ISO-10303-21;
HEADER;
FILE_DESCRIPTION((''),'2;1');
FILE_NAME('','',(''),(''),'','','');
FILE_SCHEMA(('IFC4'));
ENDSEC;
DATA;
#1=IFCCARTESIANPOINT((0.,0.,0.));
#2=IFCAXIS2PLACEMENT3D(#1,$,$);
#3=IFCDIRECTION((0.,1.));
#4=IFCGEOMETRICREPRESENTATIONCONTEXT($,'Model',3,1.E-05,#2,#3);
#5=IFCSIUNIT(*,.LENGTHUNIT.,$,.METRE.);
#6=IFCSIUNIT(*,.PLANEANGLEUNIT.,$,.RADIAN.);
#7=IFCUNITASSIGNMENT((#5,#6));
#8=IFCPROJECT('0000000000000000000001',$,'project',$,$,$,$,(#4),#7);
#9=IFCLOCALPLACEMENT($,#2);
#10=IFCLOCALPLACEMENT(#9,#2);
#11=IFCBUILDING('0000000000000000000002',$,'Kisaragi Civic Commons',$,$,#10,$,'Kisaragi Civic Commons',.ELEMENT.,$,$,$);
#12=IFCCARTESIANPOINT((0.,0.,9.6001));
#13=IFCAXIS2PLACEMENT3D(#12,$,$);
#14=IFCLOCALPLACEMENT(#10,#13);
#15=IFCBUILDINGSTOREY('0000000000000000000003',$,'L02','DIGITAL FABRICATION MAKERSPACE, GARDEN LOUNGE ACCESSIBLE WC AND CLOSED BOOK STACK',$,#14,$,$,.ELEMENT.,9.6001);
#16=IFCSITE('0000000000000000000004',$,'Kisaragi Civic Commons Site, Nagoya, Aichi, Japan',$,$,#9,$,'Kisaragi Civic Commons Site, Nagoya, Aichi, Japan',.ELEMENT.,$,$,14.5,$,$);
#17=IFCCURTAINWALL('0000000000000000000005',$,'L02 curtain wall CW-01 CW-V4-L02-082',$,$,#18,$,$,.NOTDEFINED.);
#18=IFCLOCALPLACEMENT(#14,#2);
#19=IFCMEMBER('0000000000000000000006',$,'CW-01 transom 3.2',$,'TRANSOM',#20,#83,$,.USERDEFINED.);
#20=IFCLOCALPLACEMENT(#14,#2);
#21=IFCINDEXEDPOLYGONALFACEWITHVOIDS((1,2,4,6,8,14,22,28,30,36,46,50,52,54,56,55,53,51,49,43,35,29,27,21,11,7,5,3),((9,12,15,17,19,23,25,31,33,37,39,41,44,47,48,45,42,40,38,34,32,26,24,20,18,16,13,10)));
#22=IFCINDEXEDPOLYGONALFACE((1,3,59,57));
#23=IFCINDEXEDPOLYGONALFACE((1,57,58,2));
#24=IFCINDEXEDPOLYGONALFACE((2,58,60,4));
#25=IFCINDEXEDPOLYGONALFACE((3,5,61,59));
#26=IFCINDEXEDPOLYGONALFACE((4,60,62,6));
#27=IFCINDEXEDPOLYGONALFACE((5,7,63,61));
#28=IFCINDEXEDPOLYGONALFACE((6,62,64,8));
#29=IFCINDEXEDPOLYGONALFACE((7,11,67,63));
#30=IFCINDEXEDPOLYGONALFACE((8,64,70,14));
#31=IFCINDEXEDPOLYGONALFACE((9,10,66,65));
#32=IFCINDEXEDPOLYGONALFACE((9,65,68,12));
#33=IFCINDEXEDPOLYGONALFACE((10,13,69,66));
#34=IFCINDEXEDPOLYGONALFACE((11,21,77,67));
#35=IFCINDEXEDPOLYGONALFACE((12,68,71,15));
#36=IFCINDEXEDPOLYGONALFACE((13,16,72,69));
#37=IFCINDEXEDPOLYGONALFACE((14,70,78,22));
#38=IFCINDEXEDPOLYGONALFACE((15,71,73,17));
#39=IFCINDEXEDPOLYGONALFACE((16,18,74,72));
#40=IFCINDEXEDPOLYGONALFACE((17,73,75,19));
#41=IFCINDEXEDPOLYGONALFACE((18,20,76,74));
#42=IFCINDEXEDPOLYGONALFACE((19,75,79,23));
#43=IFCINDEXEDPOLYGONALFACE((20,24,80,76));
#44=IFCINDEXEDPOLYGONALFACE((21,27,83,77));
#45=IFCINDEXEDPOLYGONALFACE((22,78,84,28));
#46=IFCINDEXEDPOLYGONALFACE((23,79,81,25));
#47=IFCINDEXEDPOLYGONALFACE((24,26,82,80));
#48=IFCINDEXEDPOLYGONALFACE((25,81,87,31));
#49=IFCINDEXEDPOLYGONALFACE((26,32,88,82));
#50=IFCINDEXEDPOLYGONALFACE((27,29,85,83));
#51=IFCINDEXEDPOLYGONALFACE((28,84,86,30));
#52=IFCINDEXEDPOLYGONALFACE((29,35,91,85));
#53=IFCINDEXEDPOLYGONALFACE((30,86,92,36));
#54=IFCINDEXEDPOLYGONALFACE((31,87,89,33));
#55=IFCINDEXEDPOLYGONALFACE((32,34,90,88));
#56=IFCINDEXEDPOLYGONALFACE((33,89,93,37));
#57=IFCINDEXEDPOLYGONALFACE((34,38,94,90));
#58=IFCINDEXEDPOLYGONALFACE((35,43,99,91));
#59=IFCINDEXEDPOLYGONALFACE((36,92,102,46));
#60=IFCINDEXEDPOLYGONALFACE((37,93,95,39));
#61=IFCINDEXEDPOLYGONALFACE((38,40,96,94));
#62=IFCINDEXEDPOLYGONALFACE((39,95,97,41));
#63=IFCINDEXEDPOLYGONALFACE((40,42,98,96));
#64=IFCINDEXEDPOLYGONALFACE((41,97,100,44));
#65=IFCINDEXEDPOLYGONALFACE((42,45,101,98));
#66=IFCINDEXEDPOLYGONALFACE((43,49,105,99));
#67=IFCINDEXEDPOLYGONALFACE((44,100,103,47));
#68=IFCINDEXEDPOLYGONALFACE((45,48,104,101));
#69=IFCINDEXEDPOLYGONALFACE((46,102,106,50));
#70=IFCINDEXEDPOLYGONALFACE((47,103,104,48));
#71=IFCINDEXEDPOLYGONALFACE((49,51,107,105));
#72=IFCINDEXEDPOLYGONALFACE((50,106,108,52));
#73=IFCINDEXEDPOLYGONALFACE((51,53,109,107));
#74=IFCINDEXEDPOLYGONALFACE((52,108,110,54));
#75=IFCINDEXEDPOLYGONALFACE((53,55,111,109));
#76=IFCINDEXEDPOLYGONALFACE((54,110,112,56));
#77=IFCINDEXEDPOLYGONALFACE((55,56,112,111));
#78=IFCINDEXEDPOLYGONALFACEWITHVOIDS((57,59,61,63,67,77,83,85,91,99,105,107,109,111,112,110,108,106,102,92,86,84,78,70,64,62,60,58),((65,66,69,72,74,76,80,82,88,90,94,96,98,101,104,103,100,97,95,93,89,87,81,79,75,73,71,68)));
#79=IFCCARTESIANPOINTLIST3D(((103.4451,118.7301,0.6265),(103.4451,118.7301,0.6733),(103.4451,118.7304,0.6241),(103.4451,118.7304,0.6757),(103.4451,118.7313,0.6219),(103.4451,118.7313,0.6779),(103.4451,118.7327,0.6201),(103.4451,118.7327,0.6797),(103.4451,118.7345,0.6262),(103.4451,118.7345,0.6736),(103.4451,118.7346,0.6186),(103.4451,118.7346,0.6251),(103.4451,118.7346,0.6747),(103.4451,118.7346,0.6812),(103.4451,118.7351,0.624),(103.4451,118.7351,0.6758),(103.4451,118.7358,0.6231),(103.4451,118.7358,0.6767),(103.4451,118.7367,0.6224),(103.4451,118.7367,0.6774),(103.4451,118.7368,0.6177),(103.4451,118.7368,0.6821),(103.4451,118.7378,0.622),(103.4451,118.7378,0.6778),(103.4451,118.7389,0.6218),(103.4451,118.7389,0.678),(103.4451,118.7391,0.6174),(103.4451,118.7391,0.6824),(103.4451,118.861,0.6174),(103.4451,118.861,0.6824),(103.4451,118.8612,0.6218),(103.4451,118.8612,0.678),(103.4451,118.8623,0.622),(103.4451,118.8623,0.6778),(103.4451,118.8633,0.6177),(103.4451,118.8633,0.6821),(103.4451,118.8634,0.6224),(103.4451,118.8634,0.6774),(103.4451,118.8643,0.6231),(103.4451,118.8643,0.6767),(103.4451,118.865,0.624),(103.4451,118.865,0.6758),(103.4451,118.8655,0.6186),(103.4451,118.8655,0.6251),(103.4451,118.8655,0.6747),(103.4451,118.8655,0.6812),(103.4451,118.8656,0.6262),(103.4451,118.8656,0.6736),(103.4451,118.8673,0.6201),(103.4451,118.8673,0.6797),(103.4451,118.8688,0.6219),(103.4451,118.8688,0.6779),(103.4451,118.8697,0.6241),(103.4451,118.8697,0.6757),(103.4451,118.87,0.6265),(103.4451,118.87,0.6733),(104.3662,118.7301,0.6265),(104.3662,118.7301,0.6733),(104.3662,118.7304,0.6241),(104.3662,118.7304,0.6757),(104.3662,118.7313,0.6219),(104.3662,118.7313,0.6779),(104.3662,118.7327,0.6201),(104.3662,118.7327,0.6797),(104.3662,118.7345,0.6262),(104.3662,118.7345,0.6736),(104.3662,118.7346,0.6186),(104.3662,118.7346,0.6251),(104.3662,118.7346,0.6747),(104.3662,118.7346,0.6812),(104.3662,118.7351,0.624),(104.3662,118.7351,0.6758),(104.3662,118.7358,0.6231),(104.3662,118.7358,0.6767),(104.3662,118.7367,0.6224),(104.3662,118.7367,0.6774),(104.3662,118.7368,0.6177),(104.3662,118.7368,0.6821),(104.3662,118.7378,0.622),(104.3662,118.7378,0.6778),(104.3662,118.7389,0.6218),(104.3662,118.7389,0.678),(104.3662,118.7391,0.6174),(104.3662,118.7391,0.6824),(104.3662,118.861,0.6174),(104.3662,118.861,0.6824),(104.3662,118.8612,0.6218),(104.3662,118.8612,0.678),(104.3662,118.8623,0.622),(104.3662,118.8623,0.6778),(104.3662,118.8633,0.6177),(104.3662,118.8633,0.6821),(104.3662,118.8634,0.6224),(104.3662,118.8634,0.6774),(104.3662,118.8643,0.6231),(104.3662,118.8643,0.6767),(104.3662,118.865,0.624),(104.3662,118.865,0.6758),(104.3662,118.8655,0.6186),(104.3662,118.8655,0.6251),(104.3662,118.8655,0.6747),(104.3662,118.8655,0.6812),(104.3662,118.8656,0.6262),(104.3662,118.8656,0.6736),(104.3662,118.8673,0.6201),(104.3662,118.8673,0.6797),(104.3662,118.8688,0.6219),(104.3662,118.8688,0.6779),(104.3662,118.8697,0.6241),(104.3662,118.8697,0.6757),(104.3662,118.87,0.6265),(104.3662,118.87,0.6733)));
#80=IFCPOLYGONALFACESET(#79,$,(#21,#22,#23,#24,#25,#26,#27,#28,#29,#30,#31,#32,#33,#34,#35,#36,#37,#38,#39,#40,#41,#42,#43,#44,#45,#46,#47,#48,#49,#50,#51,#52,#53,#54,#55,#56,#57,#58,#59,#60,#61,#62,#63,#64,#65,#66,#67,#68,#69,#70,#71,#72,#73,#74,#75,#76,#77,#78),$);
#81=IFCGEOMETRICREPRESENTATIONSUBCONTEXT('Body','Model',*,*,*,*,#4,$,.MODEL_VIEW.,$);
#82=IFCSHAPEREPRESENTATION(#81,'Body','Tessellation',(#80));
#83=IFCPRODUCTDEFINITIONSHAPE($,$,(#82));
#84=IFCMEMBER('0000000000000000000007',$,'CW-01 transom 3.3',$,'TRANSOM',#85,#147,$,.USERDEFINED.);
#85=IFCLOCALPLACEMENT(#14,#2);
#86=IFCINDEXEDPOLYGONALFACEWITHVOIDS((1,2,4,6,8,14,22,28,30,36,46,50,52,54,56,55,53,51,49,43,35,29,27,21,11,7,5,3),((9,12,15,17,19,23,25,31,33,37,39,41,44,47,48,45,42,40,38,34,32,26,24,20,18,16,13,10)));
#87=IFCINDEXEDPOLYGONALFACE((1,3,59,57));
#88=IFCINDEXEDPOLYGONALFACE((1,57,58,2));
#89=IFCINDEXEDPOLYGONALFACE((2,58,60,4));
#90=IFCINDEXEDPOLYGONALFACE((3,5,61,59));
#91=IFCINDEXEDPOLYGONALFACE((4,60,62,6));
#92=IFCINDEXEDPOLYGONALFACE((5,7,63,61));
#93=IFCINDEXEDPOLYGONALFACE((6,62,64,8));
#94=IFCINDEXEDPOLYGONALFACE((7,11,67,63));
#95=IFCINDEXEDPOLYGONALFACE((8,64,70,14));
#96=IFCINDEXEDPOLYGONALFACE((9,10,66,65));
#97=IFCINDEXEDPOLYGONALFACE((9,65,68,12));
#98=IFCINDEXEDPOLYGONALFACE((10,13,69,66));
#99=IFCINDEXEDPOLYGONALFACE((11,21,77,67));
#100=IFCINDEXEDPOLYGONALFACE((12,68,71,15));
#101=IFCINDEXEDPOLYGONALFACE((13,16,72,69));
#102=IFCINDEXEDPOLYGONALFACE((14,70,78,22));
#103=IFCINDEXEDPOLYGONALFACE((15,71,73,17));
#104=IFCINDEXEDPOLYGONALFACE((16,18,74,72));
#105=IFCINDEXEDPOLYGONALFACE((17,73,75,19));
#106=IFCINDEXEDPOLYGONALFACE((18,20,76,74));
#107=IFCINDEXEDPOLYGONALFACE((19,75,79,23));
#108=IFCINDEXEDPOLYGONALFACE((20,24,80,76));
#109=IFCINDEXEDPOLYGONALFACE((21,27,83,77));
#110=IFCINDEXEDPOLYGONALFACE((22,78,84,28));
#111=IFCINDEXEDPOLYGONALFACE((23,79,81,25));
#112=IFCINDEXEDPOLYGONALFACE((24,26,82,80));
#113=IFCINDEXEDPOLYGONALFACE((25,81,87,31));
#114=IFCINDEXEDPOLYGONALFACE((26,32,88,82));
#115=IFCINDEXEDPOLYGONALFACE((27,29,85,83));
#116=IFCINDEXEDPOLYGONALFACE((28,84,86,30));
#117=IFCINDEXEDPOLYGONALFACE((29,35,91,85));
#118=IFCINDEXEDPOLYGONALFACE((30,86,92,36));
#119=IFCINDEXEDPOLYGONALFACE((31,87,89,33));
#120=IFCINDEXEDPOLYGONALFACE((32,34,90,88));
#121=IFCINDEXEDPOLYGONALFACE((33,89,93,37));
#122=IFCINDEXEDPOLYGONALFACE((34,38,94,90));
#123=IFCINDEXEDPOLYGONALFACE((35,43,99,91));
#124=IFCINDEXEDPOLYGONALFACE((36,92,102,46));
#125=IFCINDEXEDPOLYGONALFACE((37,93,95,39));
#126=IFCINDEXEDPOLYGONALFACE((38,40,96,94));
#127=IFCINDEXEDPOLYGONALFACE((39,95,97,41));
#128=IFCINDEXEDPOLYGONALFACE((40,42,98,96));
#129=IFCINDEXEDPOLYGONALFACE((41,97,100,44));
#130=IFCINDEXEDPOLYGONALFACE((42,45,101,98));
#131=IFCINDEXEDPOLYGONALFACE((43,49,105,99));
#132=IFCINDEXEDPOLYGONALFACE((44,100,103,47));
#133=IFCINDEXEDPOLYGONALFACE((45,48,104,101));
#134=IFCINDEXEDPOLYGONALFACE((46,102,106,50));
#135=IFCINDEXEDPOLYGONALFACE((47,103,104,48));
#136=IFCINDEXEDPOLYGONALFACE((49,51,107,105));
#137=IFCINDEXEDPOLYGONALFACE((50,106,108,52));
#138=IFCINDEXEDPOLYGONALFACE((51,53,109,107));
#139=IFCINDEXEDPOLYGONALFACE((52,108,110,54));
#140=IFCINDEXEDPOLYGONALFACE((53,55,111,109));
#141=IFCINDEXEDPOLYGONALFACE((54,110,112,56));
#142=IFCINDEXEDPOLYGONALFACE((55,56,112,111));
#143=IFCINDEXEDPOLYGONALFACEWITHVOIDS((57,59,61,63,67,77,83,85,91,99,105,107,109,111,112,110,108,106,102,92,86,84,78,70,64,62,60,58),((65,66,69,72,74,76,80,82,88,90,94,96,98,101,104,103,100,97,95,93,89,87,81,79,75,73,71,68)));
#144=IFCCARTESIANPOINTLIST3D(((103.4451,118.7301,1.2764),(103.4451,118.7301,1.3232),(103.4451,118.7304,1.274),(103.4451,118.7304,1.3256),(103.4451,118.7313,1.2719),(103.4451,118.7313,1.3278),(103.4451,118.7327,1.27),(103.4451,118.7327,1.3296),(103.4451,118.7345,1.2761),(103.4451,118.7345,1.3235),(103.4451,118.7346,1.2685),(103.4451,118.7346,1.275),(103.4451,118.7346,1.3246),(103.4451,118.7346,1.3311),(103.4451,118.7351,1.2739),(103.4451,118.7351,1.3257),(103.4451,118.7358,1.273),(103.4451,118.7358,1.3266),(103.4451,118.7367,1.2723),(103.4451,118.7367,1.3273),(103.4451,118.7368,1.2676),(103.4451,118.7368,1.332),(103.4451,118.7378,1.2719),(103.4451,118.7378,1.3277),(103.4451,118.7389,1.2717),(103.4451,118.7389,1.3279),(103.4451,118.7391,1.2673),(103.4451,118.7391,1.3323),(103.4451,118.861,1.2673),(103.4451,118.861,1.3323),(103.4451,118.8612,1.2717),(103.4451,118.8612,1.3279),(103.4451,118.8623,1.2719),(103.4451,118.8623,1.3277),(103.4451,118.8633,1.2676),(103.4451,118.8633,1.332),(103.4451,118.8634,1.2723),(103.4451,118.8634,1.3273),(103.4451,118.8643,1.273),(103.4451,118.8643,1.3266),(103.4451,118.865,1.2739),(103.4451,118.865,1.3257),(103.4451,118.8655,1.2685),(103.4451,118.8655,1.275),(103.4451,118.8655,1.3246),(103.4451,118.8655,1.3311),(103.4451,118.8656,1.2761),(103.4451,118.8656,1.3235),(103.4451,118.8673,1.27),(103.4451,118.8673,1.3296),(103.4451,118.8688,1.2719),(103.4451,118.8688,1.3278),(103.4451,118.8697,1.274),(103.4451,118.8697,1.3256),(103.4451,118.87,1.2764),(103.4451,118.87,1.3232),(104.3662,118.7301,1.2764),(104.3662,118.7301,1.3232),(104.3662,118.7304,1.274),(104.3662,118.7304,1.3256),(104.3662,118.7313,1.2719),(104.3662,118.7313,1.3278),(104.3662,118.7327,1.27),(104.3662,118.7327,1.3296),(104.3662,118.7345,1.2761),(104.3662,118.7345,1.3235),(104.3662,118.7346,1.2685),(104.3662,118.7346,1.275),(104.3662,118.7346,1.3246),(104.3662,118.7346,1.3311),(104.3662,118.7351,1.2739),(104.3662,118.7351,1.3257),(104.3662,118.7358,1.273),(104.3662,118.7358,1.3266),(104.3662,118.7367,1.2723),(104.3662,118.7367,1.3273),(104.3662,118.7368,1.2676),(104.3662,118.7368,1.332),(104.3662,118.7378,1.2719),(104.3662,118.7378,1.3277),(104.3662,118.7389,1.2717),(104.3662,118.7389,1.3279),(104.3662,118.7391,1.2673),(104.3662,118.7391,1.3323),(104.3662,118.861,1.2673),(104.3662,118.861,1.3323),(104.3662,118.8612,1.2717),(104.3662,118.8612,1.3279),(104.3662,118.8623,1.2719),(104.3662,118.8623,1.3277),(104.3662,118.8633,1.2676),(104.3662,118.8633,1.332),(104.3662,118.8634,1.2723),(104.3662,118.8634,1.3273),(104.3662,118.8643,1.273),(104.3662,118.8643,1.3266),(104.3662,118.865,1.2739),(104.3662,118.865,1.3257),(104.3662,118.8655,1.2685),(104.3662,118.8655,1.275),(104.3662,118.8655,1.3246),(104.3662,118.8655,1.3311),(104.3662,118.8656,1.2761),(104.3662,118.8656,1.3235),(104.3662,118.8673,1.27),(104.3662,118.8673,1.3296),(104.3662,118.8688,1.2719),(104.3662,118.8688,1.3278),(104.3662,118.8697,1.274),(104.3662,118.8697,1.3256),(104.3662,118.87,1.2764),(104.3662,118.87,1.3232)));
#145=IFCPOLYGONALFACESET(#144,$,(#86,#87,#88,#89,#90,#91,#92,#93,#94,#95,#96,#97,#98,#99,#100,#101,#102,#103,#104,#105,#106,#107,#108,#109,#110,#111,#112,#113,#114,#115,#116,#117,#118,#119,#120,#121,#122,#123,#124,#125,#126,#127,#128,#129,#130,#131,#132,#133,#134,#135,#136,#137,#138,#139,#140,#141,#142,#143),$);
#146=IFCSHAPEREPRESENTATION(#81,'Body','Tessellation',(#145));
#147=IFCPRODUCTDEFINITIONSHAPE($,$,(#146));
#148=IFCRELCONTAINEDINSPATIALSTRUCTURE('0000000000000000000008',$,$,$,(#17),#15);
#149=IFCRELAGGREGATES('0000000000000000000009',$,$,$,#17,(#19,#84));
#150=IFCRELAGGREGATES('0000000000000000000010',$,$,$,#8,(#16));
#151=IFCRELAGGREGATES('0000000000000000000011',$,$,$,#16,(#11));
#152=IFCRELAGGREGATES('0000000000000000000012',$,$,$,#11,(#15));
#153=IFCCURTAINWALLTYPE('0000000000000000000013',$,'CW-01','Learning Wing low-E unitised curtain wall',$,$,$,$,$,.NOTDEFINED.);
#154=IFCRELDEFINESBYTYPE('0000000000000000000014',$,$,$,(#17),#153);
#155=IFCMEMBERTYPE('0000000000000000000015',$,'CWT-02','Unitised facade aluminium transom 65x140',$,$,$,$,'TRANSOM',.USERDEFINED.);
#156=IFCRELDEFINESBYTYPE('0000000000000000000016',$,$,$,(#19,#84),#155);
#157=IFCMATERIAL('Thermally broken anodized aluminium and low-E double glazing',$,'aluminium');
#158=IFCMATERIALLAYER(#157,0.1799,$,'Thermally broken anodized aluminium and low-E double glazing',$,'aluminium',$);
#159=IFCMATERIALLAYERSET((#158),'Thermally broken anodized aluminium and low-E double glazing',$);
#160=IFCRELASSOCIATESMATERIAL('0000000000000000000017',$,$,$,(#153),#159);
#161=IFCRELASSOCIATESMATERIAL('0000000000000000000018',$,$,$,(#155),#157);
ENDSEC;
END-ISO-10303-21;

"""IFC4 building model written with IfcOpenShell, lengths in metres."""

from ifc_helpers import new_model, si_unit, direction, frame, origin, origin_2d, place, context, subcontext, project, spatial, hollow_rectangle, extrude, material, layer, layer_set, material_profile, profile_set, type_object, element, aggregate, save


model = new_model("IFC4")

# Units and contexts
model_context = context("Model", 3, precision=1e-05, world=origin(), true_north=direction((0.0, 1.0)))
body_context = subcontext(model_context, "Body", "Model", "MODEL_VIEW")
ifc_project = project(units=[si_unit("LENGTHUNIT", "METRE"), si_unit("PLANEANGLEUNIT", "RADIAN")], contexts=[model_context])

# Site, building, storey
site_placement = place(None, origin())
site = spatial("IfcSite", under=ifc_project, at=site_placement, Name="Kisaragi Civic Commons Site, Nagoya, Aichi, Japan", LongName="Kisaragi Civic Commons Site, Nagoya, Aichi, Japan", CompositionType="ELEMENT", RefElevation=14.5)
building_placement = place(site_placement, origin())
building = spatial("IfcBuilding", under=site, at=building_placement, Name="Kisaragi Civic Commons", LongName="Kisaragi Civic Commons", CompositionType="ELEMENT")
storey_placement = place(building_placement, frame((0.0, 0.0, 9.6001)))
storey = spatial("IfcBuildingStorey", under=building, at=storey_placement, Name="L02", Description="DIGITAL FABRICATION MAKERSPACE, GARDEN LOUNGE ACCESSIBLE WC AND CLOSED BOOK STACK", CompositionType="ELEMENT", Elevation=9.6001)

# Curtain wall
ifc_material = material(Name="Thermally broken anodized aluminium and low-E double glazing", Category="aluminium")
ifc_layer_1 = layer(ifc_material, 0.1799, Name="Thermally broken anodized aluminium and low-E double glazing", Category="aluminium")
ifc_layer_set_1 = layer_set([ifc_layer_1], Name="Thermally broken anodized aluminium and low-E double glazing")
curtain_wall_type = type_object("IfcCurtainWallType", Name="CW-01", Description="Learning Wing low-E unitised curtain wall", PredefinedType="NOTDEFINED", material=ifc_layer_set_1)
curtain_wall_1_placement = place(storey_placement, origin())
curtain_wall_1 = element("IfcCurtainWall", 1, at=curtain_wall_1_placement, inside=storey, type_object=curtain_wall_type, Name="L02 curtain wall CW-01 CW-V4-L02-082", PredefinedType="NOTDEFINED")

# Members
ifc_material_profile_1 = material_profile(ifc_material, hollow_rectangle(XDim=0.1399, YDim=0.0649, WallThickness=0.0044, InnerFilletRadius=0.0044, OuterFilletRadius=0.009, at=origin_2d()), Name="CWT-65x140x4.5", Category="aluminium")
ifc_profile_set_1 = profile_set([ifc_material_profile_1], Name="Thermally broken anodized aluminium and low-E double glazing")
member_type_1 = type_object("IfcMemberType", Name="CWT-02", Description="Unitised facade aluminium transom 65x140", ElementType="TRANSOM", PredefinedType="USERDEFINED", material=ifc_profile_set_1)
member_1_placement = place(storey_placement, frame((103.4451, 118.8, 0.6499), z_axis=(1.0, 0.0, 0.0), x_axis=(0.0, 1.0, 0.0)))
member_1 = element("IfcMember", 2, at=member_1_placement, type_object=member_type_1, Name="CW-01 transom 3.2", ObjectType="TRANSOM", PredefinedType="USERDEFINED", context=body_context, shape_type="SweptSolid", body=[
    extrude(hollow_rectangle(XDim=0.1399, YDim=0.0649, WallThickness=0.0044, InnerFilletRadius=0.0044, OuterFilletRadius=0.009, at=origin_2d()), origin(), (0.0, 0.0, 1.0), 0.9211),
])
member_2_placement = place(storey_placement, frame((103.4451, 118.8, 1.2998), z_axis=(1.0, 0.0, 0.0), x_axis=(0.0, 1.0, 0.0)))
member_2 = element("IfcMember", 3, at=member_2_placement, type_object=member_type_1, Name="CW-01 transom 3.3", ObjectType="TRANSOM", PredefinedType="USERDEFINED", context=body_context, shape_type="SweptSolid", body=[
    extrude(hollow_rectangle(XDim=0.1399, YDim=0.0649, WallThickness=0.0044, InnerFilletRadius=0.0044, OuterFilletRadius=0.009, at=origin_2d()), origin(), (0.0, 0.0, 1.0), 0.9211),
])

aggregate(curtain_wall_1, [member_1, member_2])

save(model, "model.ifc")
